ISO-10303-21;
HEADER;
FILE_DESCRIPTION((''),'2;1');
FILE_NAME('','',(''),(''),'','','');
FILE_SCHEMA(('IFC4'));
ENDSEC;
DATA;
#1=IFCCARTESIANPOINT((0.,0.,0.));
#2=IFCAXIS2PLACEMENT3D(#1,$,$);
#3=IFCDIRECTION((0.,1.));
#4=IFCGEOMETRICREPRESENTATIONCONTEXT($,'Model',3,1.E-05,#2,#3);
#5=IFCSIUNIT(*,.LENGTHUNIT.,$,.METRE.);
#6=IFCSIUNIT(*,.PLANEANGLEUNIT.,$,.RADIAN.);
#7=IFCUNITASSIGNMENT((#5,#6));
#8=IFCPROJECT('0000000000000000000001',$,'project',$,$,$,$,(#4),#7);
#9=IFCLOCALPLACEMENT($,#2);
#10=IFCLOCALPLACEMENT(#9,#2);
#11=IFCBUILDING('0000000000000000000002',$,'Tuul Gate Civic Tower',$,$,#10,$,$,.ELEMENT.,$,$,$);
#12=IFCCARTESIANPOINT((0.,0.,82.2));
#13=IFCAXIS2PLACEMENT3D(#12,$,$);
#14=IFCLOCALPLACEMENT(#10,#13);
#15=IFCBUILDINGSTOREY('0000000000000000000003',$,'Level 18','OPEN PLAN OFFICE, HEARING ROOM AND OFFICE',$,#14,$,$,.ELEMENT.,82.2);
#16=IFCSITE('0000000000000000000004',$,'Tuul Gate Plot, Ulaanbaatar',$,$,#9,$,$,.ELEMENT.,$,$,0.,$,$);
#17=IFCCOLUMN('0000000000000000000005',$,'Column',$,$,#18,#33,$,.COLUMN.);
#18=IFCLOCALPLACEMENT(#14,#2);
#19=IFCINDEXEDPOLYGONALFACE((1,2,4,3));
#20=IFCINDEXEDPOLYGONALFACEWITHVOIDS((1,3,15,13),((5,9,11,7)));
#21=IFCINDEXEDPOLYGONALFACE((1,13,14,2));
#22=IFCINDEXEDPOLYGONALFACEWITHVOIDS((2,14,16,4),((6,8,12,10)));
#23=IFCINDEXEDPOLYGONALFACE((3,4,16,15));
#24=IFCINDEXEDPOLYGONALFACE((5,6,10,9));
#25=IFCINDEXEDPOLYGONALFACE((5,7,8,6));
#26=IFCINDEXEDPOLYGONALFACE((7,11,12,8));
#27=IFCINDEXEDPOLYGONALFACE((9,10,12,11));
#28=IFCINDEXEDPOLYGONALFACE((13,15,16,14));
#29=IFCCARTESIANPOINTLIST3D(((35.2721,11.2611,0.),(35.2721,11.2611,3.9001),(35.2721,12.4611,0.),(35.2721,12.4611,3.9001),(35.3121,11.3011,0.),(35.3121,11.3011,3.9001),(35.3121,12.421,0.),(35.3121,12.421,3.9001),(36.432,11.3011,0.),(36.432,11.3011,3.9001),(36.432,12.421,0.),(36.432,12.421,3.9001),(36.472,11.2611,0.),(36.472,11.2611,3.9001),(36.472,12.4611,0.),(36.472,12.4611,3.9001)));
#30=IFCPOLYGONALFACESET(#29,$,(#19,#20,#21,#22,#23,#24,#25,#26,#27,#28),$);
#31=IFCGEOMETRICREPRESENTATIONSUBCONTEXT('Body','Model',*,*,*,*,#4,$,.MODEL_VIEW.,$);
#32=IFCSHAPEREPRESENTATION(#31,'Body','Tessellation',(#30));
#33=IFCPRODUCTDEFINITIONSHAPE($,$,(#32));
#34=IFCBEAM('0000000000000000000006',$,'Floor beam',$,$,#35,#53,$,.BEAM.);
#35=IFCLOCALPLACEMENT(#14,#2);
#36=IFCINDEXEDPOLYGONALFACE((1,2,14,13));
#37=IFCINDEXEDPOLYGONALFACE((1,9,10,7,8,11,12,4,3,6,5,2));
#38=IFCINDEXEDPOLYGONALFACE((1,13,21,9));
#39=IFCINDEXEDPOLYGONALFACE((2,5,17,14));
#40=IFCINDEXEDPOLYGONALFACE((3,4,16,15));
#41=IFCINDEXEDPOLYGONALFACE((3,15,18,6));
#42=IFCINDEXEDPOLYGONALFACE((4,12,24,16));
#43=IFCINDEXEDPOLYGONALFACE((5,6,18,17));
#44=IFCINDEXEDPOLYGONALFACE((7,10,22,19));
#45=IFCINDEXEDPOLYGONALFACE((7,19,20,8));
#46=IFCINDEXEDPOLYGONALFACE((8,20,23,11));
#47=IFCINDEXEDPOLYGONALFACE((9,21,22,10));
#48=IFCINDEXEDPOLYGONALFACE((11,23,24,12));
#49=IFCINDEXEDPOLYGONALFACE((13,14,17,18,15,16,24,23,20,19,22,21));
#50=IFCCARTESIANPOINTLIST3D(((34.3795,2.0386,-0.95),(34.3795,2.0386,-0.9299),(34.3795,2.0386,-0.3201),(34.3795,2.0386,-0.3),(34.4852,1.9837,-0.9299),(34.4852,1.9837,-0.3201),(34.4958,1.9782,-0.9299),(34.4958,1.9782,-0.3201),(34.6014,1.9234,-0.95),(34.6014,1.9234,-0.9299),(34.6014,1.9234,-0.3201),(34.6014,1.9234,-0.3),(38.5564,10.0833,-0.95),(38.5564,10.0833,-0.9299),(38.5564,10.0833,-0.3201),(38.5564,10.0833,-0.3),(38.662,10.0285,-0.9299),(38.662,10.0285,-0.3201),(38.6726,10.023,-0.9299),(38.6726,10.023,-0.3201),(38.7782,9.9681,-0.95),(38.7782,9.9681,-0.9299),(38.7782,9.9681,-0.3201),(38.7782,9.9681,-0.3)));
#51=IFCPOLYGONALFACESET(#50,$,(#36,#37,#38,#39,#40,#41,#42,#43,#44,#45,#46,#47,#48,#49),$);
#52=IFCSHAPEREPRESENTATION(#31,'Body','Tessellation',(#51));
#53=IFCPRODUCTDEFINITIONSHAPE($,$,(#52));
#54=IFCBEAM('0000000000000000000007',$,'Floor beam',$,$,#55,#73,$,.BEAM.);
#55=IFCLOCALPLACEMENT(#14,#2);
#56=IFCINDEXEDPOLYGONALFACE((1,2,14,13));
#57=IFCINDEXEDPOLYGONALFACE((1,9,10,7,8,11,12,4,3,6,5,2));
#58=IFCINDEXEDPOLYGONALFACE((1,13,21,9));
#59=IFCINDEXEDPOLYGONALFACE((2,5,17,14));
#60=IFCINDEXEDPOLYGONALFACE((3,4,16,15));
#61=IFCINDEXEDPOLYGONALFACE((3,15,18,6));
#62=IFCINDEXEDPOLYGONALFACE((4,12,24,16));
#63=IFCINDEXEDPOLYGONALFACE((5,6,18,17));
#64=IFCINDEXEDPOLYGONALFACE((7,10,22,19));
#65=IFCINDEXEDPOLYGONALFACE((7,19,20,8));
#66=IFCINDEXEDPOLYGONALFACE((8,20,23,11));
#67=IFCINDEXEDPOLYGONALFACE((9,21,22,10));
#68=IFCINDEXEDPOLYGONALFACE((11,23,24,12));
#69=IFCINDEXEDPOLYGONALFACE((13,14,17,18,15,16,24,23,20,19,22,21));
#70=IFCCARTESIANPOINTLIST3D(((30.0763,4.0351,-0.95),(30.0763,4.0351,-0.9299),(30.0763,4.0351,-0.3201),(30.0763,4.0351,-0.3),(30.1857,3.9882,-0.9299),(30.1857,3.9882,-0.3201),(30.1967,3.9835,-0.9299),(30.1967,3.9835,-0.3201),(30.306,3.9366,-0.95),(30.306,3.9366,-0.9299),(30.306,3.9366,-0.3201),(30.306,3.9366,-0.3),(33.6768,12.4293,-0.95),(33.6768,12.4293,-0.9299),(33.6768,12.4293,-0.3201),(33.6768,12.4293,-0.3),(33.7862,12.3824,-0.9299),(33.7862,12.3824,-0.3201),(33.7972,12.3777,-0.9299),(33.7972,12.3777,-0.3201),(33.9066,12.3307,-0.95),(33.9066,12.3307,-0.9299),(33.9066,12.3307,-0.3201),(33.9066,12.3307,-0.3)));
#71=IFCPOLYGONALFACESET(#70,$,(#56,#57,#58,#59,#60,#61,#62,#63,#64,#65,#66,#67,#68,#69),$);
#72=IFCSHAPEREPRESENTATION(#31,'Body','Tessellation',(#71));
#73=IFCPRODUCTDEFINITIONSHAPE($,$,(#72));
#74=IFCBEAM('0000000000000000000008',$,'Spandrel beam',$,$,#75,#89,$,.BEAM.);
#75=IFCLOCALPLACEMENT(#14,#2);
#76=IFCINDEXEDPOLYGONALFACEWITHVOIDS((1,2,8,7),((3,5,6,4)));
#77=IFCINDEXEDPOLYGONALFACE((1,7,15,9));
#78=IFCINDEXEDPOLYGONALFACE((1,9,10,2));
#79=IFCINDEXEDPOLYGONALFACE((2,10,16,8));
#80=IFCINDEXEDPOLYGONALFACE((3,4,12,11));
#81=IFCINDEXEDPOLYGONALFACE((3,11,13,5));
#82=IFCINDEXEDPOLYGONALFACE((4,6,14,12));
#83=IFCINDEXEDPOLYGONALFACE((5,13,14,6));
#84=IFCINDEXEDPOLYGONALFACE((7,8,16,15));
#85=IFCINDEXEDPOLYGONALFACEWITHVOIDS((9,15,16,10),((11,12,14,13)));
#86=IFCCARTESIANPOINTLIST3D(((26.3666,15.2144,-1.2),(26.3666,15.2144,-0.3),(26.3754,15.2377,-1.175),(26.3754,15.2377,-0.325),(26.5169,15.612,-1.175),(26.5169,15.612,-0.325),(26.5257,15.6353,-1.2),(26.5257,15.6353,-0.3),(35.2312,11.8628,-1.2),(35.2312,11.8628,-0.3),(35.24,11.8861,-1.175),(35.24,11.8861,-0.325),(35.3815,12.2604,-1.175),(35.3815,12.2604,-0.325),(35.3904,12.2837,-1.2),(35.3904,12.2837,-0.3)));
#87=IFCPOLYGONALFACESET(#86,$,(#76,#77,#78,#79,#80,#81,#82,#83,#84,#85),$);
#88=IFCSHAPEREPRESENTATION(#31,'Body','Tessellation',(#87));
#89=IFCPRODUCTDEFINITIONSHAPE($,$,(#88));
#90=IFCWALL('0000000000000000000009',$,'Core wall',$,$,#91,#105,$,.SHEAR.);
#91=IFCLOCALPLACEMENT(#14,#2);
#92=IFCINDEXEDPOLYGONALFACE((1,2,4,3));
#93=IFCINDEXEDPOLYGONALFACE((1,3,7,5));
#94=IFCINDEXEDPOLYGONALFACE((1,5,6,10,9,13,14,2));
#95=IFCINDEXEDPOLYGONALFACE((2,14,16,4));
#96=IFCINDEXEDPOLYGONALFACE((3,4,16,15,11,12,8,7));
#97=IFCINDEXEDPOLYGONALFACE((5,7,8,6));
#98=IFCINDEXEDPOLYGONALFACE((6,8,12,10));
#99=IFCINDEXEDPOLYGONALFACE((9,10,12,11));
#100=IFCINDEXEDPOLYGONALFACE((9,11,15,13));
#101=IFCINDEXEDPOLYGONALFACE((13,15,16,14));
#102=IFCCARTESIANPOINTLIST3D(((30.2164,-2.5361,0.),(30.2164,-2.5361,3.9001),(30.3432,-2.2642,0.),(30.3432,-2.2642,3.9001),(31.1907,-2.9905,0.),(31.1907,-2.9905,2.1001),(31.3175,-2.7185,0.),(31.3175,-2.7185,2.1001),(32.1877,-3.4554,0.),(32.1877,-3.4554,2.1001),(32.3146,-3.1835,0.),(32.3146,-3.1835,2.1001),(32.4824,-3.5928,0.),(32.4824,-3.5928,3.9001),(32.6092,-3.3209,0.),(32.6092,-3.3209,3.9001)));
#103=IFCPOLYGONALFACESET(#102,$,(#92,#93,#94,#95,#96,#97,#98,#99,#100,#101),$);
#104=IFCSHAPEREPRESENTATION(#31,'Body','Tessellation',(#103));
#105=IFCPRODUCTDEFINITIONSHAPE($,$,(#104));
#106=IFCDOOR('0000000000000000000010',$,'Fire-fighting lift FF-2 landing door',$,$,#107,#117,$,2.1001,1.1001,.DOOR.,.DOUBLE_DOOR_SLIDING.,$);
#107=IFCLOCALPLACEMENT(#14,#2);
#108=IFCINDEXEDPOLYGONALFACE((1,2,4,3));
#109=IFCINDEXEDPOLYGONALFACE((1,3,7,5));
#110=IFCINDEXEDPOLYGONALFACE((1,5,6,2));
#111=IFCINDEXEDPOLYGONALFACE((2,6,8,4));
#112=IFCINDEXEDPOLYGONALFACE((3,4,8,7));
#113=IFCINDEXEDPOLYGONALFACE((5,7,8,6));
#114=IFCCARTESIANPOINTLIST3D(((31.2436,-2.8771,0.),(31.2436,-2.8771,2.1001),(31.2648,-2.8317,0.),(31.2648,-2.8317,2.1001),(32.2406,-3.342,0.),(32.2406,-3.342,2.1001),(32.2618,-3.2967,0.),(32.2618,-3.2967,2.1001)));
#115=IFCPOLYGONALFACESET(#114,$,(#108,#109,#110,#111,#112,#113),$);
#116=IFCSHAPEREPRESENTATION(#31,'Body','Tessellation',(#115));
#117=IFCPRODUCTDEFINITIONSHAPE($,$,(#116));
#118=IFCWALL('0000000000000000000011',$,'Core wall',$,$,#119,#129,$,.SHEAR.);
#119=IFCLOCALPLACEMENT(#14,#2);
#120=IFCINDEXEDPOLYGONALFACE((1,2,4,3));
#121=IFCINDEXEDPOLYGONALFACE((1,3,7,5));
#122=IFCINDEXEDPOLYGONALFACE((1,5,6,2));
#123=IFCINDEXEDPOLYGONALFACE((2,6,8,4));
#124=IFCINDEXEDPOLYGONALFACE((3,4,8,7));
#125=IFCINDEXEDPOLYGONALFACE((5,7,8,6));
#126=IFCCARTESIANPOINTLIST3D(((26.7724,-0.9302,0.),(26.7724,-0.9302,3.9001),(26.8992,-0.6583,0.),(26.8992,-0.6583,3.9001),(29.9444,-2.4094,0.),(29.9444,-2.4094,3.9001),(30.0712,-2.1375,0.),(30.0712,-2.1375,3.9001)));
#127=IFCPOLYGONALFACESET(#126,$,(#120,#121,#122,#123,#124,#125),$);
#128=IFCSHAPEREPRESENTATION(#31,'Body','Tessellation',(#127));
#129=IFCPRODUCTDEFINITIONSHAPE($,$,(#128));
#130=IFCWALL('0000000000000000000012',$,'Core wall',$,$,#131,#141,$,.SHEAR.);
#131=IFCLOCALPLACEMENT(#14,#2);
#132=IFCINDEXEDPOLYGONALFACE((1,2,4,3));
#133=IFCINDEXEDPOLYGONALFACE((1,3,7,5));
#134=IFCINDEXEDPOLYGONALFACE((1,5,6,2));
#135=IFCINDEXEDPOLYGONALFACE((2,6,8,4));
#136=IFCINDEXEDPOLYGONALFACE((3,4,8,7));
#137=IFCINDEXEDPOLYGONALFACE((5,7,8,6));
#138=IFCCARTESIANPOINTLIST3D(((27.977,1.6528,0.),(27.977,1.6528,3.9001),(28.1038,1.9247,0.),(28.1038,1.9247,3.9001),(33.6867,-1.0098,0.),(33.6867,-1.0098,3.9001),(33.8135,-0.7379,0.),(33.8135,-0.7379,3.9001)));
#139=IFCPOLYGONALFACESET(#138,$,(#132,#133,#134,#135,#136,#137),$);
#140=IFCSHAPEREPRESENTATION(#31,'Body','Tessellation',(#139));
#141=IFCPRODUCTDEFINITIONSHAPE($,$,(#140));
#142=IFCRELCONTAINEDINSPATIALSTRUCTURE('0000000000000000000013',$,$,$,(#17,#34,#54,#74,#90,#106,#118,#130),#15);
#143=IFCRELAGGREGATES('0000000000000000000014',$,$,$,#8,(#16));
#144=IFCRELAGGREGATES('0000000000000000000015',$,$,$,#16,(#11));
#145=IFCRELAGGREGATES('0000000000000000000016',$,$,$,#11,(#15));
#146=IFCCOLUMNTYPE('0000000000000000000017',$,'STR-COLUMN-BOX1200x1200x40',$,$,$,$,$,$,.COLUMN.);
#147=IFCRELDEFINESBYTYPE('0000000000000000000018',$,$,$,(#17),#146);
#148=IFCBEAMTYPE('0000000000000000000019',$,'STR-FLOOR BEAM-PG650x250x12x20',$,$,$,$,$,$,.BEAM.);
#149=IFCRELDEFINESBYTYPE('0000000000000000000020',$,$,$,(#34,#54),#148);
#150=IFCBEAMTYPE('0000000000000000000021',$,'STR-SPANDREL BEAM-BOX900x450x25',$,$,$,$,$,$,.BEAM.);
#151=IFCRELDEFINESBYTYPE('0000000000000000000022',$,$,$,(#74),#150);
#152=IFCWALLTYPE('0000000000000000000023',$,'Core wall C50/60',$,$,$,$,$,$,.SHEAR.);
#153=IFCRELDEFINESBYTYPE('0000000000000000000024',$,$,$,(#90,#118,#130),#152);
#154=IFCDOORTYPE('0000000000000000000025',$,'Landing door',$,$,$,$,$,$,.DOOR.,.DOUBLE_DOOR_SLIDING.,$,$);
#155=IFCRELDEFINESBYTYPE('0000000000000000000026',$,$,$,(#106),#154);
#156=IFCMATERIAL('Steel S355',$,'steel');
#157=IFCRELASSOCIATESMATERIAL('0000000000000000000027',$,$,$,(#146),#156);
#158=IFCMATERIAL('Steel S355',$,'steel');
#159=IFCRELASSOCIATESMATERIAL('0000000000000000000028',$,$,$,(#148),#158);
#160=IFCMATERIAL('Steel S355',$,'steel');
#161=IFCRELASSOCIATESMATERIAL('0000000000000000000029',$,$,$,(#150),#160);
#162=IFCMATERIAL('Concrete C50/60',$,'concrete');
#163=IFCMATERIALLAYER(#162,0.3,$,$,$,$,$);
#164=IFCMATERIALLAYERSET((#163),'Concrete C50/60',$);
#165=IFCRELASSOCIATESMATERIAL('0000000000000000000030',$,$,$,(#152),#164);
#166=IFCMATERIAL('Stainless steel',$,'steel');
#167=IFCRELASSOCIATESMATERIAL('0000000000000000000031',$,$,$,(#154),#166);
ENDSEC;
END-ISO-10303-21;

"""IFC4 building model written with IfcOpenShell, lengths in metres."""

from ifc_helpers import new_model, si_unit, direction, frame, frame_2d, origin, origin_2d, place, context, subcontext, project, spatial, rectangle, hollow_rectangle, i_section, extrude, material, layer, layer_set, material_profile, profile_set, type_object, element, fill, save


model = new_model("IFC4")

# Units and contexts
model_context = context("Model", 3, precision=1e-05, world=origin(), true_north=direction((0.0, 1.0)))
body_context = subcontext(model_context, "Body", "Model", "MODEL_VIEW")
ifc_project = project(units=[si_unit("LENGTHUNIT", "METRE"), si_unit("PLANEANGLEUNIT", "RADIAN")], contexts=[model_context])

# Site, building, storey
site_placement = place(None, origin())
site = spatial("IfcSite", under=ifc_project, at=site_placement, Name="Tuul Gate Plot, Ulaanbaatar", CompositionType="ELEMENT", RefElevation=0.0)
building_placement = place(site_placement, origin())
building = spatial("IfcBuilding", under=site, at=building_placement, Name="Tuul Gate Civic Tower", CompositionType="ELEMENT")
storey_placement = place(building_placement, frame((0.0, 0.0, 82.2)))
storey = spatial("IfcBuildingStorey", under=building, at=storey_placement, Name="Level 18", Description="OPEN PLAN OFFICE, HEARING ROOM AND OFFICE", CompositionType="ELEMENT", Elevation=82.2)

# Column
ifc_material_1 = material(Name="Steel S355", Category="steel")
ifc_material_profile_1 = material_profile(ifc_material_1, hollow_rectangle(XDim=1.2, YDim=1.2, WallThickness=0.04, at=origin_2d()), Name="BOX1200x1200x40")
ifc_profile_set_1 = profile_set([ifc_material_profile_1], Name="Steel S355")
column_type = type_object("IfcColumnType", Name="STR-COLUMN-BOX1200x1200x40", PredefinedType="COLUMN", material=ifc_profile_set_1)
column_placement = place(storey_placement, frame((35.8721, 11.8611, 0.0), z_axis=(0.0, 0.0, 1.0), x_axis=(1.0, 0.0, 0.0)))
element("IfcColumn", 1, at=column_placement, inside=storey, type_object=column_type, Name="Column", PredefinedType="COLUMN", context=body_context, shape_type="SweptSolid", body=[
    extrude(hollow_rectangle(XDim=1.2, YDim=1.2, WallThickness=0.04, at=origin_2d()), origin(), (0.0, 0.0, 1.0), 3.9001),
])

# Beams
ifc_material_2 = material(Name="Steel S355", Category="steel")
ifc_material_profile_2 = material_profile(ifc_material_2, i_section(OverallWidth=0.25, OverallDepth=0.6499, WebThickness=0.012, FlangeThickness=0.02, at=origin_2d()), Name="PG650x250x12x20")
ifc_profile_set_2 = profile_set([ifc_material_profile_2], Name="Steel S355")
beam_type_1 = type_object("IfcBeamType", Name="STR-FLOOR BEAM-PG650x250x12x20", PredefinedType="BEAM", material=ifc_profile_set_2)
beam_1_placement = place(storey_placement, frame((34.4905, 1.981, -0.625), z_axis=(0.46079, 0.887509, 0.0), x_axis=(-0.887509, 0.46079, 0.0)))
element("IfcBeam", 2, at=beam_1_placement, inside=storey, type_object=beam_type_1, Name="Floor beam", PredefinedType="BEAM", context=body_context, shape_type="SweptSolid", body=[
    extrude(i_section(OverallWidth=0.25, OverallDepth=0.6499, WebThickness=0.012, FlangeThickness=0.02, at=origin_2d()), origin(), (0.0, 0.0, 1.0), 9.0645),
])
beam_2_placement = place(storey_placement, frame((30.1912, 3.9858, -0.625), z_axis=(0.3942, 0.919025, 0.0), x_axis=(-0.919025, 0.3942, 0.0)))
element("IfcBeam", 3, at=beam_2_placement, inside=storey, type_object=beam_type_1, Name="Floor beam", PredefinedType="BEAM", context=body_context, shape_type="SweptSolid", body=[
    extrude(i_section(OverallWidth=0.25, OverallDepth=0.6499, WebThickness=0.012, FlangeThickness=0.02, at=origin_2d()), origin(), (0.0, 0.0, 1.0), 9.1338),
])
ifc_material_3 = material(Name="Steel S355", Category="steel")
ifc_material_profile_3 = material_profile(ifc_material_3, hollow_rectangle(XDim=0.45, YDim=0.8999, WallThickness=0.0249, at=origin_2d()), Name="BOX900x450x25")
ifc_profile_set_3 = profile_set([ifc_material_profile_3], Name="Steel S355")
beam_type_2 = type_object("IfcBeamType", Name="STR-SPANDREL BEAM-BOX900x450x25", PredefinedType="BEAM", material=ifc_profile_set_3)
beam_3_placement = place(storey_placement, frame((35.3108, 12.0732, -0.75), z_axis=(-0.935376, 0.353655, 0.0), x_axis=(-0.353655, -0.935376, 0.0)))
element("IfcBeam", 4, at=beam_3_placement, inside=storey, type_object=beam_type_2, Name="Spandrel beam", PredefinedType="BEAM", context=body_context, shape_type="SweptSolid", body=[
    extrude(hollow_rectangle(XDim=0.45, YDim=0.8999, WallThickness=0.0249, at=origin_2d()), origin(), (0.0, 0.0, 1.0), 9.4771),
])

# Wall, opening, door
ifc_material_4 = material(Name="Concrete C50/60", Category="concrete")
ifc_layer_1 = layer(ifc_material_4, 0.3)
ifc_layer_set_1 = layer_set([ifc_layer_1], Name="Concrete C50/60")
wall_type_1 = type_object("IfcWallType", Name="Core wall C50/60", PredefinedType="SHEAR", material=ifc_layer_set_1)
wall_1_placement = place(storey_placement, frame((32.5457, -3.4568, 0.0), z_axis=(0.0, 0.0, 1.0), x_axis=(-0.9063, 0.422634, 0.0)))
wall_1 = element("IfcWall", 5, at=wall_1_placement, inside=storey, type_object=wall_type_1, Name="Core wall", PredefinedType="SHEAR", context=body_context, shape_type="SweptSolid", body=[
    extrude(rectangle(XDim=2.5002, YDim=0.3, at=frame_2d((1.25, 0.0))), origin(), (0.0, 0.0, 1.0), 3.9001),
])
opening_1_placement = place(wall_1_placement, frame((0.325, 0.0, 0.0)))
opening_1 = element("IfcOpeningElement", 6, at=opening_1_placement, cuts=wall_1, PredefinedType="OPENING", context=body_context, shape_type="SweptSolid", body=[
    extrude(rectangle(XDim=1.1001, YDim=2.1001, at=frame_2d((0.55, 1.05))), frame((0.0, 0.1602, 0.0), z_axis=(0.0, -1.0, 0.0), x_axis=(1.0, 0.0, 0.0)), (0.0, 0.0, 1.0), 0.3201),
])
ifc_material_5 = material(Name="Stainless steel", Category="steel")
door_type_1 = type_object("IfcDoorType", Name="Landing door", OperationType="DOUBLE_DOOR_SLIDING", PredefinedType="DOOR", material=ifc_material_5)
door_1_placement = place(opening_1_placement, origin())
door_1 = element("IfcDoor", 7, at=door_1_placement, inside=storey, type_object=door_type_1, Name="Fire-fighting lift FF-2 landing door", OperationType="DOUBLE_DOOR_SLIDING", OverallHeight=2.1001, OverallWidth=1.1001, PredefinedType="DOOR", context=body_context, shape_type="SweptSolid", body=[
    extrude(rectangle(XDim=1.1001, YDim=2.1001, at=frame_2d((0.55, 1.05))), frame((0.0, 0.0249, 0.0), z_axis=(0.0, -1.0, 0.0), x_axis=(1.0, 0.0, 0.0)), (0.0, 0.0, 1.0), 0.05),
])
fill(opening_1, door_1)

# Walls
wall_2_placement = place(storey_placement, frame((30.0078, -2.2734, 0.0), z_axis=(0.0, 0.0, 1.0), x_axis=(-0.906301, 0.422633, 0.0)))
element("IfcWall", 8, at=wall_2_placement, inside=storey, type_object=wall_type_1, Name="Core wall", PredefinedType="SHEAR", context=body_context, shape_type="SweptSolid", body=[
    extrude(rectangle(XDim=3.5, YDim=0.3, at=frame_2d((1.75, 0.0))), origin(), (0.0, 0.0, 1.0), 3.9001),
])
wall_3_placement = place(storey_placement, frame((33.75, -0.8738, 0.0), z_axis=(0.0, 0.0, 1.0), x_axis=(-0.906301, 0.422633, 0.0)))
element("IfcWall", 9, at=wall_3_placement, inside=storey, type_object=wall_type_1, Name="Core wall", PredefinedType="SHEAR", context=body_context, shape_type="SweptSolid", body=[
    extrude(rectangle(XDim=6.3, YDim=0.3, at=frame_2d((3.1499, 0.0))), origin(), (0.0, 0.0, 1.0), 3.9001),
])

save(model, "model.ifc")
